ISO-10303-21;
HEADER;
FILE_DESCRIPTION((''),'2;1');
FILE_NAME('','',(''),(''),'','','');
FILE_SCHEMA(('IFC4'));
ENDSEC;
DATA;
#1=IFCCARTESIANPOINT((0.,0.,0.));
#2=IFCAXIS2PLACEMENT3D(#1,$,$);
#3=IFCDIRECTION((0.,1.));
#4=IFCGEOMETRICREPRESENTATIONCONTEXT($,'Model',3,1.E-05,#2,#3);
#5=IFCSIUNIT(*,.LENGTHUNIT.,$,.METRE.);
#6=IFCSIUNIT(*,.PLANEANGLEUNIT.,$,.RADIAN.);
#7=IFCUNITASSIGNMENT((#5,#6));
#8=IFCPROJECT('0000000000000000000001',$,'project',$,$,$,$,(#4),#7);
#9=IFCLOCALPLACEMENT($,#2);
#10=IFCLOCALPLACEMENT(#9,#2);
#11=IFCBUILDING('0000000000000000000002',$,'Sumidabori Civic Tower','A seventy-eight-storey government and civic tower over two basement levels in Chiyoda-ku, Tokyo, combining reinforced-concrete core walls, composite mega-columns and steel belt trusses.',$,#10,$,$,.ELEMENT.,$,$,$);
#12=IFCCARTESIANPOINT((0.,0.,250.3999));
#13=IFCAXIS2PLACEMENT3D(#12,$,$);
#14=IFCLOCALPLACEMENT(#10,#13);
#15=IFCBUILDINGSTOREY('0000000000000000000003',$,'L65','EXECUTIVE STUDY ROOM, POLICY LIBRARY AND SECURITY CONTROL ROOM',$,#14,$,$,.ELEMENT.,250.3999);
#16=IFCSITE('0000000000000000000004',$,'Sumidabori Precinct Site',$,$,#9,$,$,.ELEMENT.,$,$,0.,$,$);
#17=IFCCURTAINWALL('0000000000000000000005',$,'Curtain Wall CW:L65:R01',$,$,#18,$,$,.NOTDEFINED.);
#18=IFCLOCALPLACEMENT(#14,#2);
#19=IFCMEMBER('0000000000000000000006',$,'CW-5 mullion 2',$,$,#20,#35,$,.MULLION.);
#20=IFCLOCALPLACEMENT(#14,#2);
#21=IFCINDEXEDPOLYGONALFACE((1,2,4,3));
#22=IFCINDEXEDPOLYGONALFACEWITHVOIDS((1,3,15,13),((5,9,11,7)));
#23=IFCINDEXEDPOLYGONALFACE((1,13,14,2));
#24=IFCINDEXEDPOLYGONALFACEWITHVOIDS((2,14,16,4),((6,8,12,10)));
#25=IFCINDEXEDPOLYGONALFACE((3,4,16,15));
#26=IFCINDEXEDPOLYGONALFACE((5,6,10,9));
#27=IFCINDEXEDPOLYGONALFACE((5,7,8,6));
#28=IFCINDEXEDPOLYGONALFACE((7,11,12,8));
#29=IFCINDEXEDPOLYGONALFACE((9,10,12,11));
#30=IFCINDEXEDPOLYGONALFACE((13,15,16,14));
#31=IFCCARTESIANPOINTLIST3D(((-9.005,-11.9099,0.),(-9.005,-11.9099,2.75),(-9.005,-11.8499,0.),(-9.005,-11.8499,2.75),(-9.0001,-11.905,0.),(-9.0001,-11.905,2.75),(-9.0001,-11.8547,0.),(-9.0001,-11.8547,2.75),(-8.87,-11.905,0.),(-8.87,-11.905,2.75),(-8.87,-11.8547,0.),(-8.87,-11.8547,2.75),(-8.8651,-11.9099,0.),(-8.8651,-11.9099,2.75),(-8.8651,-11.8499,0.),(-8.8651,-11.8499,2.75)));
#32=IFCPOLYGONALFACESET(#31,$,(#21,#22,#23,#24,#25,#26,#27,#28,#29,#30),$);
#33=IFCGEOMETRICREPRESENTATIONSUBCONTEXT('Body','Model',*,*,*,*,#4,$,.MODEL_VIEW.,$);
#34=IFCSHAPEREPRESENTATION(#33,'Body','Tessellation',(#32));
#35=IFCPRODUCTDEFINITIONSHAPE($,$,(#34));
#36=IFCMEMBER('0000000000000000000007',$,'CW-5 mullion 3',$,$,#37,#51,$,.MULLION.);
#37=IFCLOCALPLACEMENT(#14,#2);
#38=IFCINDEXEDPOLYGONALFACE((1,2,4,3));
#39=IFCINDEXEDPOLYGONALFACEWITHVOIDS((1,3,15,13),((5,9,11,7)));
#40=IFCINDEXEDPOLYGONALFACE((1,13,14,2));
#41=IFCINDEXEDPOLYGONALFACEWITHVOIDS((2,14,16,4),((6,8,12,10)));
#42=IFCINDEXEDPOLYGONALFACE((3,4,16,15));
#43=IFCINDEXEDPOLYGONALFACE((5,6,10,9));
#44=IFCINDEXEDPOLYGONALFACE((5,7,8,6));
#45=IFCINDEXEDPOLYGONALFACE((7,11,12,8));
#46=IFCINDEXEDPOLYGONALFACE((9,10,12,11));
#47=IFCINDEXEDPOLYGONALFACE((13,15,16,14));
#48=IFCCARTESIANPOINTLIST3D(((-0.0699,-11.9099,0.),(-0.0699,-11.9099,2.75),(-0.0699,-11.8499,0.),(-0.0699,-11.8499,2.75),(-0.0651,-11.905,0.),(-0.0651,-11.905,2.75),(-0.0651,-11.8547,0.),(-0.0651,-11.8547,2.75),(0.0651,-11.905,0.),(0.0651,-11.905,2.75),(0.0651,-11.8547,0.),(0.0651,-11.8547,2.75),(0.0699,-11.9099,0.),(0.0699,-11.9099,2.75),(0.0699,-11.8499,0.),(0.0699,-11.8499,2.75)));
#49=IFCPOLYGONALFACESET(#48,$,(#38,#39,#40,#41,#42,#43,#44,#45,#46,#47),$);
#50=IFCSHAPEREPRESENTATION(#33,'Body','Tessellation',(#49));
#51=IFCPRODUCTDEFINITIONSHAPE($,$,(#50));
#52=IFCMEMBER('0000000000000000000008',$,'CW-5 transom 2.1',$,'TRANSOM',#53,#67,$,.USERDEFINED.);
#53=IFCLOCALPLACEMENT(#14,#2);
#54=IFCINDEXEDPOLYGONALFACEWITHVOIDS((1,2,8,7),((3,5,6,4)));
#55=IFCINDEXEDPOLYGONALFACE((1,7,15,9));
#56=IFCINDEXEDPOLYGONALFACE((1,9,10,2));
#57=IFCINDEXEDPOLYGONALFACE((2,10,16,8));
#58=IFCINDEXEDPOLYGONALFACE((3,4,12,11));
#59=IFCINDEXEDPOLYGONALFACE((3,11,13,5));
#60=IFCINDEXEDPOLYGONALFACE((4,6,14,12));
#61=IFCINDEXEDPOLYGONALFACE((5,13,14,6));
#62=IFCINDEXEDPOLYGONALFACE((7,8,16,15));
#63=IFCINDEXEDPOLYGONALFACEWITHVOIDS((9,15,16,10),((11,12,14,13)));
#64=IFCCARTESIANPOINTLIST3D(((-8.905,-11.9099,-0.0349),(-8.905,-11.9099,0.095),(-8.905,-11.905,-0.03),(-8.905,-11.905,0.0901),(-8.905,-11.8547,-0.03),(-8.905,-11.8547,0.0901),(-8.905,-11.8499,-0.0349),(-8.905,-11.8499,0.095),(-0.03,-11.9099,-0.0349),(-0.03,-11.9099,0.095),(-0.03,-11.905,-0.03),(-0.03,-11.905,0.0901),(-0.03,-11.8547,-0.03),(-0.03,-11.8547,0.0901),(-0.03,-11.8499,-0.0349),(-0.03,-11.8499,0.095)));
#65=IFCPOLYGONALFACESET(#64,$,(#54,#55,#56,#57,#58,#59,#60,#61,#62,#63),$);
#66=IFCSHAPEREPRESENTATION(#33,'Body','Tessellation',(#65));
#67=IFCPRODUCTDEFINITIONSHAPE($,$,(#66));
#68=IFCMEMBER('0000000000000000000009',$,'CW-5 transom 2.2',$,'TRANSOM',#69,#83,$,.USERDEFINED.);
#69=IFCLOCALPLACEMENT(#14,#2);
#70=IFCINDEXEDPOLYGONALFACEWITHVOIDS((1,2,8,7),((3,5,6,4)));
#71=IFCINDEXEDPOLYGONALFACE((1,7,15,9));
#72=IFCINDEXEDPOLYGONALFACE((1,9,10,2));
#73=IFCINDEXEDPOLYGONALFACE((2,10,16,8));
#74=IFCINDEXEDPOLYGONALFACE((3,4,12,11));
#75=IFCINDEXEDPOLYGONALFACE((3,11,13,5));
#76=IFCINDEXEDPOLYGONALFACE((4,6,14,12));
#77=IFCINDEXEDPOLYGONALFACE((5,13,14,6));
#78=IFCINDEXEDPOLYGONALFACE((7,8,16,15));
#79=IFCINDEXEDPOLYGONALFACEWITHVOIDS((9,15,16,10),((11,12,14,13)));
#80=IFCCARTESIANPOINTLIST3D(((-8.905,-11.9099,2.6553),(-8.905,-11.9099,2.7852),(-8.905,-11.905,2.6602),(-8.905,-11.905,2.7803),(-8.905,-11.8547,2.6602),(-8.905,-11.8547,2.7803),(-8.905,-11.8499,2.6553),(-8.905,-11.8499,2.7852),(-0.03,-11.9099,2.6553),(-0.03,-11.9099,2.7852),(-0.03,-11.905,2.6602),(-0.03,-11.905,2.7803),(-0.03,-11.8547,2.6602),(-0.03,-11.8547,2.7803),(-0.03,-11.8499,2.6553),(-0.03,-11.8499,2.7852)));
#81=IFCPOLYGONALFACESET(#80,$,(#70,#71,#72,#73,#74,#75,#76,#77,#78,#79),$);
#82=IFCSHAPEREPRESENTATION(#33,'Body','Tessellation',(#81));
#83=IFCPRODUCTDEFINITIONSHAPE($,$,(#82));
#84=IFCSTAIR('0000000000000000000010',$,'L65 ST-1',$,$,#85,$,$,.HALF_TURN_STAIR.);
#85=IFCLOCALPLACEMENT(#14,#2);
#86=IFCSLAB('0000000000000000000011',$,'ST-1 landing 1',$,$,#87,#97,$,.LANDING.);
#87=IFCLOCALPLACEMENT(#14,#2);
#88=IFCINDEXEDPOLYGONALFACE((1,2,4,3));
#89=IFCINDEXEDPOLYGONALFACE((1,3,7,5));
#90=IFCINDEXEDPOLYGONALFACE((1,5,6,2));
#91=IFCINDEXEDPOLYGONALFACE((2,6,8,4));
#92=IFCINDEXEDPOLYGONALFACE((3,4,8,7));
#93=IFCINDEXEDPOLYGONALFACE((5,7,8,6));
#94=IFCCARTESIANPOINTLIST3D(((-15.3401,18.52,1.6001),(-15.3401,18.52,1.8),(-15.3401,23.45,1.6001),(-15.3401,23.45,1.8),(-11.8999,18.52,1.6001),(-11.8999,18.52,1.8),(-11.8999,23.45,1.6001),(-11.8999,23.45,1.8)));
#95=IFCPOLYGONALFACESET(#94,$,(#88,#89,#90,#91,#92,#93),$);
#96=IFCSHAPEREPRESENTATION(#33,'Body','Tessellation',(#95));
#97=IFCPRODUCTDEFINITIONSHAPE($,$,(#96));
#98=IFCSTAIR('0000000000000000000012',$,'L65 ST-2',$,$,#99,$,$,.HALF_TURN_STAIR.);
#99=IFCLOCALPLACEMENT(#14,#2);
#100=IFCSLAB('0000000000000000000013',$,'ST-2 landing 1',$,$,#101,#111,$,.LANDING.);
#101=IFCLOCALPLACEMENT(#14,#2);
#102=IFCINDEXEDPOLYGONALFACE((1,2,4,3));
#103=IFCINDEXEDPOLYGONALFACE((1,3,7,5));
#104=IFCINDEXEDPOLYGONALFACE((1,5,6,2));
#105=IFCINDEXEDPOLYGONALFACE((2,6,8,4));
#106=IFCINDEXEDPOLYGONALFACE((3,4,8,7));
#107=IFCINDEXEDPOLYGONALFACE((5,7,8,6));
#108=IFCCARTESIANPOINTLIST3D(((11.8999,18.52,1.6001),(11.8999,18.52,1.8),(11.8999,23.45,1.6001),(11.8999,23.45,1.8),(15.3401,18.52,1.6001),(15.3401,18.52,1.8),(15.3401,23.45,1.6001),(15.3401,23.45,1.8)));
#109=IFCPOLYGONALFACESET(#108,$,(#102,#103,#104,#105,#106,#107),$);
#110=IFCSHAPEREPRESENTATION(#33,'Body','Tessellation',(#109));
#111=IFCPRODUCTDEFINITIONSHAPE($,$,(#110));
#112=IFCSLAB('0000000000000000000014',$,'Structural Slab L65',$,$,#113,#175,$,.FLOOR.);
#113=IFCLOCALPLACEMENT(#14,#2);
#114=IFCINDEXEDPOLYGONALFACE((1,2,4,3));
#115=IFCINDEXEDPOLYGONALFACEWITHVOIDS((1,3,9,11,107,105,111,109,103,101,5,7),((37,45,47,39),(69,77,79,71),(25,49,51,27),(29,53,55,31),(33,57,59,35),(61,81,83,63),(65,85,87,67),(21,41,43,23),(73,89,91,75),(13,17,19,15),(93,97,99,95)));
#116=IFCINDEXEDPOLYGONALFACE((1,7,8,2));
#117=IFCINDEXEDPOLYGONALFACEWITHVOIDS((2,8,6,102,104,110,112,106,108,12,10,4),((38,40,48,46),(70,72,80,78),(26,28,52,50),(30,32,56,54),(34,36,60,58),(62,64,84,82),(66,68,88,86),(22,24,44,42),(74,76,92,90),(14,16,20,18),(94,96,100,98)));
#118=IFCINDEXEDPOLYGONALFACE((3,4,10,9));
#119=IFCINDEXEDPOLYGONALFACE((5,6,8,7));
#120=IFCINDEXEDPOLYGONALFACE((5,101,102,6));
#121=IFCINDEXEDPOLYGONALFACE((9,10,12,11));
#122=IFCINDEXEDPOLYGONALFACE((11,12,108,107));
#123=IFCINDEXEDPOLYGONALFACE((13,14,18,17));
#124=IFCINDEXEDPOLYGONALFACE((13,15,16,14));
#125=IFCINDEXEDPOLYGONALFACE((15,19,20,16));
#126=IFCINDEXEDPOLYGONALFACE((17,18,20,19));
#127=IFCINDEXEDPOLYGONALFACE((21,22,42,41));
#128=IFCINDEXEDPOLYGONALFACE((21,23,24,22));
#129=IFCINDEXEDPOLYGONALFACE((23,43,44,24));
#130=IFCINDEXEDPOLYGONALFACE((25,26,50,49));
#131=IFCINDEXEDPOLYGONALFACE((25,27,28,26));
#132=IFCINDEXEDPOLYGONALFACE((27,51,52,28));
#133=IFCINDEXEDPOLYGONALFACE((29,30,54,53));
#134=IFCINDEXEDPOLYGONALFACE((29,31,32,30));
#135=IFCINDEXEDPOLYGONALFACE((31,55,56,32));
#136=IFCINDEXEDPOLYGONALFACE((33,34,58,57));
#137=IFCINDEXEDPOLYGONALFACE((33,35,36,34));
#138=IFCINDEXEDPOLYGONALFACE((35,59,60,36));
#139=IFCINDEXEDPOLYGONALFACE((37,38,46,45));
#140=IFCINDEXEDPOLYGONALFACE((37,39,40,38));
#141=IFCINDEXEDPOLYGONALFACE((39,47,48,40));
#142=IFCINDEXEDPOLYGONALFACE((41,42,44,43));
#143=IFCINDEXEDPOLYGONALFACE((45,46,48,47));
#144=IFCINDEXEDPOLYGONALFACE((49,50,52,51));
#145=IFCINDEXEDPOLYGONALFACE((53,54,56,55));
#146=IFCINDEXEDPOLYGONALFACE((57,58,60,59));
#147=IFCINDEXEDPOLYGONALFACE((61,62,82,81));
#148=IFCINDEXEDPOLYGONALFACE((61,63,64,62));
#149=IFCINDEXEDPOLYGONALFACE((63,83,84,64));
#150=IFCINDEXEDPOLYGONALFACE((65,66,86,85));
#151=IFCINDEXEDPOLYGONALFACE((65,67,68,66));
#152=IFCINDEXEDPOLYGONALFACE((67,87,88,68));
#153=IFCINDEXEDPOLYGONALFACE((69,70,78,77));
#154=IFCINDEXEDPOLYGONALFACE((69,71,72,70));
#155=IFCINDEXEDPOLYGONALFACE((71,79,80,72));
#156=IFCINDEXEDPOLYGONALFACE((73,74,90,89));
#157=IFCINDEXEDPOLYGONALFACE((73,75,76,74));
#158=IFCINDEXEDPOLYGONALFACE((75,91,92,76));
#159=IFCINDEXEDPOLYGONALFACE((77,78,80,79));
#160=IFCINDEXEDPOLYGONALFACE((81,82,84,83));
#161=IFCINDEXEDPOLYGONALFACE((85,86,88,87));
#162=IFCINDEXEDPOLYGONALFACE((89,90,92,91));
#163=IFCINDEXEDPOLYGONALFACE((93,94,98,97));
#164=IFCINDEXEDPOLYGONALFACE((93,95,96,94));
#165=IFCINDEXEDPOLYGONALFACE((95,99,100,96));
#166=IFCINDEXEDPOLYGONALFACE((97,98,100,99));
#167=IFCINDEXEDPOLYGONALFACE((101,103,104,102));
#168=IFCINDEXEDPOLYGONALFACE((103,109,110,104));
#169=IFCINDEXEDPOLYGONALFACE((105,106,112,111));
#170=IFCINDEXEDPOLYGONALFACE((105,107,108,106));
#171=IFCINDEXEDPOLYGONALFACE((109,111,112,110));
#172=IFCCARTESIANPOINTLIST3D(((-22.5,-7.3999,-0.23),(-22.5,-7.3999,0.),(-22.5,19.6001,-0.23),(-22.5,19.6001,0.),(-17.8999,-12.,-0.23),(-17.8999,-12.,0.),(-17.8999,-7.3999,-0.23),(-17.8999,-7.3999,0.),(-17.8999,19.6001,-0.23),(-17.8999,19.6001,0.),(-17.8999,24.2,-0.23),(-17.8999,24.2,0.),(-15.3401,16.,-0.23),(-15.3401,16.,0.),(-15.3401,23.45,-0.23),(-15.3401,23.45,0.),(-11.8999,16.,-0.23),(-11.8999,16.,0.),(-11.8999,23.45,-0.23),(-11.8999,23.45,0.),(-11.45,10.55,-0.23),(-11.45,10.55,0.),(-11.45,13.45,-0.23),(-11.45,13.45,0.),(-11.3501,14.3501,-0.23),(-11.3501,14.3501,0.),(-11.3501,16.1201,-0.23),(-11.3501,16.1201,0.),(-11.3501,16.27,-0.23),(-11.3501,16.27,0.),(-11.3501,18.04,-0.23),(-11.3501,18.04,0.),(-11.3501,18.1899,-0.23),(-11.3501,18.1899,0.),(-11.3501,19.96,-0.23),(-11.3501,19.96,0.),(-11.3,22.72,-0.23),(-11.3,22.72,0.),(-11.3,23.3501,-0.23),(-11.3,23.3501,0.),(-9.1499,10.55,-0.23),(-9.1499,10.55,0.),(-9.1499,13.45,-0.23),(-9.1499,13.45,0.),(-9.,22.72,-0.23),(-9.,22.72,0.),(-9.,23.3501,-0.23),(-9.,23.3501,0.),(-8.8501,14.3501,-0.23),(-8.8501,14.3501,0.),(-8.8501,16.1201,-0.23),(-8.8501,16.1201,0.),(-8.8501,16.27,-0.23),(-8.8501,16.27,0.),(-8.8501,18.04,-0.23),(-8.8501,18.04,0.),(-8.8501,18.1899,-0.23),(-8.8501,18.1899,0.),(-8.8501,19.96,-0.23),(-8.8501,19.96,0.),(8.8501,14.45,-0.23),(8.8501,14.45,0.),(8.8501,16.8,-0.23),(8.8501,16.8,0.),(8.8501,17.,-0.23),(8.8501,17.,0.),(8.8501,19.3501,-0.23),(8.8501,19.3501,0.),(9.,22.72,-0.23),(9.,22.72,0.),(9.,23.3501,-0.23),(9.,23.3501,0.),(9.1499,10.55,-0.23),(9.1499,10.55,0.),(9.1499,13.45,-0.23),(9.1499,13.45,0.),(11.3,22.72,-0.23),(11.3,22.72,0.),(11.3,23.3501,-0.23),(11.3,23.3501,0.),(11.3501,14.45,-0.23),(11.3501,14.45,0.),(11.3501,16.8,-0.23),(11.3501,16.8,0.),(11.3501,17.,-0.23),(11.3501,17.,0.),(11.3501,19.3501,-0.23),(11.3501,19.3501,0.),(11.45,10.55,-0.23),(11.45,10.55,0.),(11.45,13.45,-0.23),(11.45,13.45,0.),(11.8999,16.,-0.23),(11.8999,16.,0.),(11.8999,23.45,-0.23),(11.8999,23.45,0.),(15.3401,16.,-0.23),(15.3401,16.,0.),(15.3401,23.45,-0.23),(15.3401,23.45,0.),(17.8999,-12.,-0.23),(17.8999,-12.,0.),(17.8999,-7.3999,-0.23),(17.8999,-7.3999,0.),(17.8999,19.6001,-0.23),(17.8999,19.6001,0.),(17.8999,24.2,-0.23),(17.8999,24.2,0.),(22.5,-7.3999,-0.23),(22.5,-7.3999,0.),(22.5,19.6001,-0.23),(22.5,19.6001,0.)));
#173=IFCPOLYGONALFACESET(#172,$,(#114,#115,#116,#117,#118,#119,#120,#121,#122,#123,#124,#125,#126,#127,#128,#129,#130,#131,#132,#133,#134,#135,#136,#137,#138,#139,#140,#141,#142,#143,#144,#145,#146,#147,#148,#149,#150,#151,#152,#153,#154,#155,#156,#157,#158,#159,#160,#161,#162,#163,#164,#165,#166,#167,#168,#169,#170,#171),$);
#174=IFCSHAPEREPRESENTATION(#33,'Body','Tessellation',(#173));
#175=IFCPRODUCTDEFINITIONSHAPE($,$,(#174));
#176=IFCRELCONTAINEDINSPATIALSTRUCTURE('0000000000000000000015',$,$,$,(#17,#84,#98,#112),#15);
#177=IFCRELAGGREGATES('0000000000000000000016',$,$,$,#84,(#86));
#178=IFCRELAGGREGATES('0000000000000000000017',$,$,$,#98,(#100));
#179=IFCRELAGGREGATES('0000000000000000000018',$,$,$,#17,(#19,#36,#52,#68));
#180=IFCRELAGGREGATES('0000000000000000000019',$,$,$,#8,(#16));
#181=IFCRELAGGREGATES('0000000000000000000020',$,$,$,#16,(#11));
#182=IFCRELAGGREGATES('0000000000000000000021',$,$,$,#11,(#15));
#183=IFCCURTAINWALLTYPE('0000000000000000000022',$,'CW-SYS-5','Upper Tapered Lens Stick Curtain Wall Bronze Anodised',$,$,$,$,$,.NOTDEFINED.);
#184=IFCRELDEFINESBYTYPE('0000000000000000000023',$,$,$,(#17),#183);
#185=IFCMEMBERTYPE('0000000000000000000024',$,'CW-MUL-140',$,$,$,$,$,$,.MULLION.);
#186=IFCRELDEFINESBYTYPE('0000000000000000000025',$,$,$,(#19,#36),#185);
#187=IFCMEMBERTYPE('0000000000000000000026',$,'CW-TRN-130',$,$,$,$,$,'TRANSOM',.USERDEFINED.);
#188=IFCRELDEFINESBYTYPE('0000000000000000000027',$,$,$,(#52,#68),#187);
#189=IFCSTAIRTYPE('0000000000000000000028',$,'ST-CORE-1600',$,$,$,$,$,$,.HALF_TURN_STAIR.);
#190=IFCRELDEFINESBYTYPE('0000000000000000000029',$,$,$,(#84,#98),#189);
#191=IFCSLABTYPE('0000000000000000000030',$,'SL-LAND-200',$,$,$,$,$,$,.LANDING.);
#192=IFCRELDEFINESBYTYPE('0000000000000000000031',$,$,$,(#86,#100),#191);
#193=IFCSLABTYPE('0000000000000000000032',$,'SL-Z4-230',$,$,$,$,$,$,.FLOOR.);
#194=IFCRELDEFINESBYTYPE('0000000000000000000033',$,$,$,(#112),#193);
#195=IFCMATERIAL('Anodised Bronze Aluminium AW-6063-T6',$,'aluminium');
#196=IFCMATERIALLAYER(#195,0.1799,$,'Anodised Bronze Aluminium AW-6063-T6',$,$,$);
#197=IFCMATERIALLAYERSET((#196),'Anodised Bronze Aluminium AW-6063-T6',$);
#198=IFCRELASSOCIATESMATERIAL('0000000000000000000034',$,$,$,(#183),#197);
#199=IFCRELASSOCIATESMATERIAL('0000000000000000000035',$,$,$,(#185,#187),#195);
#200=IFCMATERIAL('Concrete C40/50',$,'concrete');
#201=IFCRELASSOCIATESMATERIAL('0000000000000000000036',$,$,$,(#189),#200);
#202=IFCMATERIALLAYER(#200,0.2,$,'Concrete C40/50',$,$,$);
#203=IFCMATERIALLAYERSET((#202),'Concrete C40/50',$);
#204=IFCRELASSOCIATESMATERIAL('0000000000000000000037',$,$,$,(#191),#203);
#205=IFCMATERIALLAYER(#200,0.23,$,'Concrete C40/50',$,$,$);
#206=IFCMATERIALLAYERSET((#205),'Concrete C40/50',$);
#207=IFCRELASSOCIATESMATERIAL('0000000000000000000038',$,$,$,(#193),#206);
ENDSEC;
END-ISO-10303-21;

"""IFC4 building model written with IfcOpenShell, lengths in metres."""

from ifc_helpers import new_model, si_unit, direction, frame, origin, origin_2d, place, context, subcontext, project, spatial, polyline, hollow_rectangle, outline, extrude, source, transform, mapped, material, layer, layer_set, material_profile, profile_set, type_object, element, aggregate, save


model = new_model("IFC4")

# Units and contexts
model_context = context("Model", 3, precision=1e-05, world=origin(), true_north=direction((0.0, 1.0)))
body_context = subcontext(model_context, "Body", "Model", "MODEL_VIEW")
ifc_project = project(units=[si_unit("LENGTHUNIT", "METRE"), si_unit("PLANEANGLEUNIT", "RADIAN")], contexts=[model_context])

# Site, building, storey
site_placement = place(None, origin())
site = spatial("IfcSite", under=ifc_project, at=site_placement, Name="Sumidabori Precinct Site", CompositionType="ELEMENT", RefElevation=0.0)
building_placement = place(site_placement, origin())
building = spatial("IfcBuilding", under=site, at=building_placement, Name="Sumidabori Civic Tower", Description="A seventy-eight-storey government and civic tower over two basement levels in Chiyoda-ku, Tokyo, combining reinforced-concrete core walls, composite mega-columns and steel belt trusses.", CompositionType="ELEMENT")
storey_placement = place(building_placement, frame((0.0, 0.0, 250.3999)))
storey = spatial("IfcBuildingStorey", under=building, at=storey_placement, Name="L65", Description="EXECUTIVE STUDY ROOM, POLICY LIBRARY AND SECURITY CONTROL ROOM", CompositionType="ELEMENT", Elevation=250.3999)

# Curtain wall, members
ifc_material_1 = material(Name="Anodised Bronze Aluminium AW-6063-T6", Category="aluminium")
ifc_layer_1 = layer(ifc_material_1, 0.1799, Name="Anodised Bronze Aluminium AW-6063-T6")
ifc_layer_set_1 = layer_set([ifc_layer_1], Name="Anodised Bronze Aluminium AW-6063-T6")
curtain_wall_type = type_object("IfcCurtainWallType", Name="CW-SYS-5", Description="Upper Tapered Lens Stick Curtain Wall Bronze Anodised", PredefinedType="NOTDEFINED", material=ifc_layer_set_1)
curtain_wall_placement = place(storey_placement, origin())
curtain_wall = element("IfcCurtainWall", 1, at=curtain_wall_placement, inside=storey, type_object=curtain_wall_type, Name="Curtain Wall CW:L65:R01", PredefinedType="NOTDEFINED")
ifc_material_profile_1 = material_profile(ifc_material_1, hollow_rectangle(XDim=0.0601, YDim=0.1399, WallThickness=0.0049, at=origin_2d()), Name="ALU MULLION 140x60")
ifc_profile_set_1 = profile_set([ifc_material_profile_1], Name="Anodised Bronze Aluminium AW-6063-T6")
member_type_1 = type_object("IfcMemberType", Name="CW-MUL-140", PredefinedType="MULLION", material=ifc_profile_set_1)
shared_shape_1 = source(origin(), body_context, "Body", "SweptSolid", [
    extrude(hollow_rectangle(XDim=0.0601, YDim=0.1399, WallThickness=0.0049, at=origin_2d()), origin(), (0.0, 0.0, 1.0), 2.75),
])
member_1_placement = place(storey_placement, frame((-8.9351, -11.8799, 0.0), z_axis=(0.0, 0.0, 1.0), x_axis=(0.0, 1.0, 0.0)))
member_1 = element("IfcMember", 2, at=member_1_placement, type_object=member_type_1, Name="CW-5 mullion 2", PredefinedType="MULLION", context=body_context, shape_type="MappedRepresentation", body=[
    mapped(shared_shape_1, transform((0.0, 0.0, 0.0), x_axis=(1.0, 0.0, 0.0), y_axis=(0.0, 1.0, 0.0), z_axis=(0.0, 0.0, 1.0), scale=1.0)),
])
member_2_placement = place(storey_placement, frame((0.0, -11.8799, 0.0), z_axis=(0.0, 0.0, 1.0), x_axis=(0.0, 1.0, 0.0)))
member_2 = element("IfcMember", 3, at=member_2_placement, type_object=member_type_1, Name="CW-5 mullion 3", PredefinedType="MULLION", context=body_context, shape_type="MappedRepresentation", body=[
    mapped(shared_shape_1, transform((0.0, 0.0, 0.0), x_axis=(1.0, 0.0, 0.0), y_axis=(0.0, 1.0, 0.0), z_axis=(0.0, 0.0, 1.0), scale=1.0)),
])
ifc_material_profile_2 = material_profile(ifc_material_1, hollow_rectangle(XDim=0.0601, YDim=0.1299, WallThickness=0.0049, at=origin_2d()), Name="ALU TRANSOM 130x60")
ifc_profile_set_2 = profile_set([ifc_material_profile_2], Name="Anodised Bronze Aluminium AW-6063-T6")
member_type_2 = type_object("IfcMemberType", Name="CW-TRN-130", ElementType="TRANSOM", PredefinedType="USERDEFINED", material=ifc_profile_set_2)
shared_shape_2 = source(origin(), body_context, "Body", "SweptSolid", [
    extrude(hollow_rectangle(XDim=0.0601, YDim=0.1299, WallThickness=0.0049, at=origin_2d()), origin(), (0.0, 0.0, 1.0), 8.875),
])
member_3_placement = place(storey_placement, frame((-8.905, -11.8799, 0.03), z_axis=(1.0, 0.0, 0.0), x_axis=(0.0, 1.0, 0.0)))
member_3 = element("IfcMember", 4, at=member_3_placement, type_object=member_type_2, Name="CW-5 transom 2.1", ObjectType="TRANSOM", PredefinedType="USERDEFINED", context=body_context, shape_type="MappedRepresentation", body=[
    mapped(shared_shape_2, transform((0.0, 0.0, 0.0), x_axis=(1.0, 0.0, 0.0), y_axis=(0.0, 1.0, 0.0), z_axis=(0.0, 0.0, 1.0), scale=1.0)),
])
member_4_placement = place(storey_placement, frame((-8.905, -11.8799, 2.7202), z_axis=(1.0, 0.0, 0.0), x_axis=(0.0, 1.0, 0.0)))
member_4 = element("IfcMember", 5, at=member_4_placement, type_object=member_type_2, Name="CW-5 transom 2.2", ObjectType="TRANSOM", PredefinedType="USERDEFINED", context=body_context, shape_type="MappedRepresentation", body=[
    mapped(shared_shape_2, transform((0.0, 0.0, 0.0), x_axis=(1.0, 0.0, 0.0), y_axis=(0.0, 1.0, 0.0), z_axis=(0.0, 0.0, 1.0), scale=1.0)),
])

# Stairs, slabs
ifc_material_2 = material(Name="Concrete C40/50", Category="concrete")
stair_type = type_object("IfcStairType", Name="ST-CORE-1600", PredefinedType="HALF_TURN_STAIR", material=ifc_material_2)
stair_1_placement = place(storey_placement, origin())
stair_1 = element("IfcStair", 6, at=stair_1_placement, inside=storey, type_object=stair_type, Name="L65 ST-1", PredefinedType="HALF_TURN_STAIR")
ifc_layer_2 = layer(ifc_material_2, 0.2, Name="Concrete C40/50")
ifc_layer_set_2 = layer_set([ifc_layer_2], Name="Concrete C40/50")
slab_type_1 = type_object("IfcSlabType", Name="SL-LAND-200", PredefinedType="LANDING", material=ifc_layer_set_2)
slab_1_placement = place(storey_placement, frame((0.0, 0.0, 1.6001)))
slab_1 = element("IfcSlab", 7, at=slab_1_placement, type_object=slab_type_1, Name="ST-1 landing 1", PredefinedType="LANDING", context=body_context, shape_type="SweptSolid", body=[
    extrude(outline(polyline([(-11.8999, 18.52), (-11.8999, 23.45), (-15.3401, 23.45), (-15.3401, 18.52), (-11.8999, 18.52)])), origin(), (0.0, 0.0, 1.0), 0.2),
])
aggregate(stair_1, [slab_1])
stair_2_placement = place(storey_placement, origin())
stair_2 = element("IfcStair", 8, at=stair_2_placement, inside=storey, type_object=stair_type, Name="L65 ST-2", PredefinedType="HALF_TURN_STAIR")
slab_2_placement = place(storey_placement, frame((0.0, 0.0, 1.6001)))
slab_2 = element("IfcSlab", 9, at=slab_2_placement, type_object=slab_type_1, Name="ST-2 landing 1", PredefinedType="LANDING", context=body_context, shape_type="SweptSolid", body=[
    extrude(outline(polyline([(15.3401, 18.52), (15.3401, 23.45), (11.8999, 23.45), (11.8999, 18.52), (15.3401, 18.52)])), origin(), (0.0, 0.0, 1.0), 0.2),
])
aggregate(stair_2, [slab_2])

# Slab
ifc_layer_3 = layer(ifc_material_2, 0.23, Name="Concrete C40/50")
ifc_layer_set_3 = layer_set([ifc_layer_3], Name="Concrete C40/50")
slab_type_2 = type_object("IfcSlabType", Name="SL-Z4-230", PredefinedType="FLOOR", material=ifc_layer_set_3)
slab_3_placement = place(storey_placement, frame((0.0, 0.0, -0.23)))
element("IfcSlab", 10, at=slab_3_placement, inside=storey, type_object=slab_type_2, Name="Structural Slab L65", PredefinedType="FLOOR", context=body_context, shape_type="SweptSolid", body=[
    extrude(outline(polyline([(-17.8999, -12.0), (17.8999, -12.0), (17.8999, -7.3999), (22.5, -7.3999), (22.5, 19.6001), (17.8999, 19.6001), (17.8999, 24.2), (-17.8999, 24.2), (-17.8999, 19.6001), (-22.5, 19.6001), (-22.5, -7.3999), (-17.8999, -7.3999), (-17.8999, -12.0)]), holes=[polyline([(-11.8999, 16.0), (-11.8999, 23.45), (-15.3401, 23.45), (-15.3401, 16.0), (-11.8999, 16.0)]), polyline([(15.3401, 16.0), (15.3401, 23.45), (11.8999, 23.45), (11.8999, 16.0), (15.3401, 16.0)]), polyline([(-11.45, 10.55), (-9.1499, 10.55), (-9.1499, 13.45), (-11.45, 13.45), (-11.45, 10.55)]), polyline([(9.1499, 10.55), (11.45, 10.55), (11.45, 13.45), (9.1499, 13.45), (9.1499, 10.55)]), polyline([(-11.3501, 14.3501), (-8.8501, 14.3501), (-8.8501, 16.1201), (-11.3501, 16.1201), (-11.3501, 14.3501)]), polyline([(-11.3501, 16.27), (-8.8501, 16.27), (-8.8501, 18.04), (-11.3501, 18.04), (-11.3501, 16.27)]), polyline([(-11.3501, 18.1899), (-8.8501, 18.1899), (-8.8501, 19.96), (-11.3501, 19.96), (-11.3501, 18.1899)]), polyline([(8.8501, 14.45), (11.3501, 14.45), (11.3501, 16.8), (8.8501, 16.8), (8.8501, 14.45)]), polyline([(8.8501, 17.0), (11.3501, 17.0), (11.3501, 19.3501), (8.8501, 19.3501), (8.8501, 17.0)]), polyline([(-11.3, 22.72), (-9.0, 22.72), (-9.0, 23.3501), (-11.3, 23.3501), (-11.3, 22.72)]), polyline([(9.0, 22.72), (11.3, 22.72), (11.3, 23.3501), (9.0, 23.3501), (9.0, 22.72)])]), origin(), (0.0, 0.0, 1.0), 0.23),
])

aggregate(curtain_wall, [member_1, member_2, member_3, member_4])

save(model, "model.ifc")
